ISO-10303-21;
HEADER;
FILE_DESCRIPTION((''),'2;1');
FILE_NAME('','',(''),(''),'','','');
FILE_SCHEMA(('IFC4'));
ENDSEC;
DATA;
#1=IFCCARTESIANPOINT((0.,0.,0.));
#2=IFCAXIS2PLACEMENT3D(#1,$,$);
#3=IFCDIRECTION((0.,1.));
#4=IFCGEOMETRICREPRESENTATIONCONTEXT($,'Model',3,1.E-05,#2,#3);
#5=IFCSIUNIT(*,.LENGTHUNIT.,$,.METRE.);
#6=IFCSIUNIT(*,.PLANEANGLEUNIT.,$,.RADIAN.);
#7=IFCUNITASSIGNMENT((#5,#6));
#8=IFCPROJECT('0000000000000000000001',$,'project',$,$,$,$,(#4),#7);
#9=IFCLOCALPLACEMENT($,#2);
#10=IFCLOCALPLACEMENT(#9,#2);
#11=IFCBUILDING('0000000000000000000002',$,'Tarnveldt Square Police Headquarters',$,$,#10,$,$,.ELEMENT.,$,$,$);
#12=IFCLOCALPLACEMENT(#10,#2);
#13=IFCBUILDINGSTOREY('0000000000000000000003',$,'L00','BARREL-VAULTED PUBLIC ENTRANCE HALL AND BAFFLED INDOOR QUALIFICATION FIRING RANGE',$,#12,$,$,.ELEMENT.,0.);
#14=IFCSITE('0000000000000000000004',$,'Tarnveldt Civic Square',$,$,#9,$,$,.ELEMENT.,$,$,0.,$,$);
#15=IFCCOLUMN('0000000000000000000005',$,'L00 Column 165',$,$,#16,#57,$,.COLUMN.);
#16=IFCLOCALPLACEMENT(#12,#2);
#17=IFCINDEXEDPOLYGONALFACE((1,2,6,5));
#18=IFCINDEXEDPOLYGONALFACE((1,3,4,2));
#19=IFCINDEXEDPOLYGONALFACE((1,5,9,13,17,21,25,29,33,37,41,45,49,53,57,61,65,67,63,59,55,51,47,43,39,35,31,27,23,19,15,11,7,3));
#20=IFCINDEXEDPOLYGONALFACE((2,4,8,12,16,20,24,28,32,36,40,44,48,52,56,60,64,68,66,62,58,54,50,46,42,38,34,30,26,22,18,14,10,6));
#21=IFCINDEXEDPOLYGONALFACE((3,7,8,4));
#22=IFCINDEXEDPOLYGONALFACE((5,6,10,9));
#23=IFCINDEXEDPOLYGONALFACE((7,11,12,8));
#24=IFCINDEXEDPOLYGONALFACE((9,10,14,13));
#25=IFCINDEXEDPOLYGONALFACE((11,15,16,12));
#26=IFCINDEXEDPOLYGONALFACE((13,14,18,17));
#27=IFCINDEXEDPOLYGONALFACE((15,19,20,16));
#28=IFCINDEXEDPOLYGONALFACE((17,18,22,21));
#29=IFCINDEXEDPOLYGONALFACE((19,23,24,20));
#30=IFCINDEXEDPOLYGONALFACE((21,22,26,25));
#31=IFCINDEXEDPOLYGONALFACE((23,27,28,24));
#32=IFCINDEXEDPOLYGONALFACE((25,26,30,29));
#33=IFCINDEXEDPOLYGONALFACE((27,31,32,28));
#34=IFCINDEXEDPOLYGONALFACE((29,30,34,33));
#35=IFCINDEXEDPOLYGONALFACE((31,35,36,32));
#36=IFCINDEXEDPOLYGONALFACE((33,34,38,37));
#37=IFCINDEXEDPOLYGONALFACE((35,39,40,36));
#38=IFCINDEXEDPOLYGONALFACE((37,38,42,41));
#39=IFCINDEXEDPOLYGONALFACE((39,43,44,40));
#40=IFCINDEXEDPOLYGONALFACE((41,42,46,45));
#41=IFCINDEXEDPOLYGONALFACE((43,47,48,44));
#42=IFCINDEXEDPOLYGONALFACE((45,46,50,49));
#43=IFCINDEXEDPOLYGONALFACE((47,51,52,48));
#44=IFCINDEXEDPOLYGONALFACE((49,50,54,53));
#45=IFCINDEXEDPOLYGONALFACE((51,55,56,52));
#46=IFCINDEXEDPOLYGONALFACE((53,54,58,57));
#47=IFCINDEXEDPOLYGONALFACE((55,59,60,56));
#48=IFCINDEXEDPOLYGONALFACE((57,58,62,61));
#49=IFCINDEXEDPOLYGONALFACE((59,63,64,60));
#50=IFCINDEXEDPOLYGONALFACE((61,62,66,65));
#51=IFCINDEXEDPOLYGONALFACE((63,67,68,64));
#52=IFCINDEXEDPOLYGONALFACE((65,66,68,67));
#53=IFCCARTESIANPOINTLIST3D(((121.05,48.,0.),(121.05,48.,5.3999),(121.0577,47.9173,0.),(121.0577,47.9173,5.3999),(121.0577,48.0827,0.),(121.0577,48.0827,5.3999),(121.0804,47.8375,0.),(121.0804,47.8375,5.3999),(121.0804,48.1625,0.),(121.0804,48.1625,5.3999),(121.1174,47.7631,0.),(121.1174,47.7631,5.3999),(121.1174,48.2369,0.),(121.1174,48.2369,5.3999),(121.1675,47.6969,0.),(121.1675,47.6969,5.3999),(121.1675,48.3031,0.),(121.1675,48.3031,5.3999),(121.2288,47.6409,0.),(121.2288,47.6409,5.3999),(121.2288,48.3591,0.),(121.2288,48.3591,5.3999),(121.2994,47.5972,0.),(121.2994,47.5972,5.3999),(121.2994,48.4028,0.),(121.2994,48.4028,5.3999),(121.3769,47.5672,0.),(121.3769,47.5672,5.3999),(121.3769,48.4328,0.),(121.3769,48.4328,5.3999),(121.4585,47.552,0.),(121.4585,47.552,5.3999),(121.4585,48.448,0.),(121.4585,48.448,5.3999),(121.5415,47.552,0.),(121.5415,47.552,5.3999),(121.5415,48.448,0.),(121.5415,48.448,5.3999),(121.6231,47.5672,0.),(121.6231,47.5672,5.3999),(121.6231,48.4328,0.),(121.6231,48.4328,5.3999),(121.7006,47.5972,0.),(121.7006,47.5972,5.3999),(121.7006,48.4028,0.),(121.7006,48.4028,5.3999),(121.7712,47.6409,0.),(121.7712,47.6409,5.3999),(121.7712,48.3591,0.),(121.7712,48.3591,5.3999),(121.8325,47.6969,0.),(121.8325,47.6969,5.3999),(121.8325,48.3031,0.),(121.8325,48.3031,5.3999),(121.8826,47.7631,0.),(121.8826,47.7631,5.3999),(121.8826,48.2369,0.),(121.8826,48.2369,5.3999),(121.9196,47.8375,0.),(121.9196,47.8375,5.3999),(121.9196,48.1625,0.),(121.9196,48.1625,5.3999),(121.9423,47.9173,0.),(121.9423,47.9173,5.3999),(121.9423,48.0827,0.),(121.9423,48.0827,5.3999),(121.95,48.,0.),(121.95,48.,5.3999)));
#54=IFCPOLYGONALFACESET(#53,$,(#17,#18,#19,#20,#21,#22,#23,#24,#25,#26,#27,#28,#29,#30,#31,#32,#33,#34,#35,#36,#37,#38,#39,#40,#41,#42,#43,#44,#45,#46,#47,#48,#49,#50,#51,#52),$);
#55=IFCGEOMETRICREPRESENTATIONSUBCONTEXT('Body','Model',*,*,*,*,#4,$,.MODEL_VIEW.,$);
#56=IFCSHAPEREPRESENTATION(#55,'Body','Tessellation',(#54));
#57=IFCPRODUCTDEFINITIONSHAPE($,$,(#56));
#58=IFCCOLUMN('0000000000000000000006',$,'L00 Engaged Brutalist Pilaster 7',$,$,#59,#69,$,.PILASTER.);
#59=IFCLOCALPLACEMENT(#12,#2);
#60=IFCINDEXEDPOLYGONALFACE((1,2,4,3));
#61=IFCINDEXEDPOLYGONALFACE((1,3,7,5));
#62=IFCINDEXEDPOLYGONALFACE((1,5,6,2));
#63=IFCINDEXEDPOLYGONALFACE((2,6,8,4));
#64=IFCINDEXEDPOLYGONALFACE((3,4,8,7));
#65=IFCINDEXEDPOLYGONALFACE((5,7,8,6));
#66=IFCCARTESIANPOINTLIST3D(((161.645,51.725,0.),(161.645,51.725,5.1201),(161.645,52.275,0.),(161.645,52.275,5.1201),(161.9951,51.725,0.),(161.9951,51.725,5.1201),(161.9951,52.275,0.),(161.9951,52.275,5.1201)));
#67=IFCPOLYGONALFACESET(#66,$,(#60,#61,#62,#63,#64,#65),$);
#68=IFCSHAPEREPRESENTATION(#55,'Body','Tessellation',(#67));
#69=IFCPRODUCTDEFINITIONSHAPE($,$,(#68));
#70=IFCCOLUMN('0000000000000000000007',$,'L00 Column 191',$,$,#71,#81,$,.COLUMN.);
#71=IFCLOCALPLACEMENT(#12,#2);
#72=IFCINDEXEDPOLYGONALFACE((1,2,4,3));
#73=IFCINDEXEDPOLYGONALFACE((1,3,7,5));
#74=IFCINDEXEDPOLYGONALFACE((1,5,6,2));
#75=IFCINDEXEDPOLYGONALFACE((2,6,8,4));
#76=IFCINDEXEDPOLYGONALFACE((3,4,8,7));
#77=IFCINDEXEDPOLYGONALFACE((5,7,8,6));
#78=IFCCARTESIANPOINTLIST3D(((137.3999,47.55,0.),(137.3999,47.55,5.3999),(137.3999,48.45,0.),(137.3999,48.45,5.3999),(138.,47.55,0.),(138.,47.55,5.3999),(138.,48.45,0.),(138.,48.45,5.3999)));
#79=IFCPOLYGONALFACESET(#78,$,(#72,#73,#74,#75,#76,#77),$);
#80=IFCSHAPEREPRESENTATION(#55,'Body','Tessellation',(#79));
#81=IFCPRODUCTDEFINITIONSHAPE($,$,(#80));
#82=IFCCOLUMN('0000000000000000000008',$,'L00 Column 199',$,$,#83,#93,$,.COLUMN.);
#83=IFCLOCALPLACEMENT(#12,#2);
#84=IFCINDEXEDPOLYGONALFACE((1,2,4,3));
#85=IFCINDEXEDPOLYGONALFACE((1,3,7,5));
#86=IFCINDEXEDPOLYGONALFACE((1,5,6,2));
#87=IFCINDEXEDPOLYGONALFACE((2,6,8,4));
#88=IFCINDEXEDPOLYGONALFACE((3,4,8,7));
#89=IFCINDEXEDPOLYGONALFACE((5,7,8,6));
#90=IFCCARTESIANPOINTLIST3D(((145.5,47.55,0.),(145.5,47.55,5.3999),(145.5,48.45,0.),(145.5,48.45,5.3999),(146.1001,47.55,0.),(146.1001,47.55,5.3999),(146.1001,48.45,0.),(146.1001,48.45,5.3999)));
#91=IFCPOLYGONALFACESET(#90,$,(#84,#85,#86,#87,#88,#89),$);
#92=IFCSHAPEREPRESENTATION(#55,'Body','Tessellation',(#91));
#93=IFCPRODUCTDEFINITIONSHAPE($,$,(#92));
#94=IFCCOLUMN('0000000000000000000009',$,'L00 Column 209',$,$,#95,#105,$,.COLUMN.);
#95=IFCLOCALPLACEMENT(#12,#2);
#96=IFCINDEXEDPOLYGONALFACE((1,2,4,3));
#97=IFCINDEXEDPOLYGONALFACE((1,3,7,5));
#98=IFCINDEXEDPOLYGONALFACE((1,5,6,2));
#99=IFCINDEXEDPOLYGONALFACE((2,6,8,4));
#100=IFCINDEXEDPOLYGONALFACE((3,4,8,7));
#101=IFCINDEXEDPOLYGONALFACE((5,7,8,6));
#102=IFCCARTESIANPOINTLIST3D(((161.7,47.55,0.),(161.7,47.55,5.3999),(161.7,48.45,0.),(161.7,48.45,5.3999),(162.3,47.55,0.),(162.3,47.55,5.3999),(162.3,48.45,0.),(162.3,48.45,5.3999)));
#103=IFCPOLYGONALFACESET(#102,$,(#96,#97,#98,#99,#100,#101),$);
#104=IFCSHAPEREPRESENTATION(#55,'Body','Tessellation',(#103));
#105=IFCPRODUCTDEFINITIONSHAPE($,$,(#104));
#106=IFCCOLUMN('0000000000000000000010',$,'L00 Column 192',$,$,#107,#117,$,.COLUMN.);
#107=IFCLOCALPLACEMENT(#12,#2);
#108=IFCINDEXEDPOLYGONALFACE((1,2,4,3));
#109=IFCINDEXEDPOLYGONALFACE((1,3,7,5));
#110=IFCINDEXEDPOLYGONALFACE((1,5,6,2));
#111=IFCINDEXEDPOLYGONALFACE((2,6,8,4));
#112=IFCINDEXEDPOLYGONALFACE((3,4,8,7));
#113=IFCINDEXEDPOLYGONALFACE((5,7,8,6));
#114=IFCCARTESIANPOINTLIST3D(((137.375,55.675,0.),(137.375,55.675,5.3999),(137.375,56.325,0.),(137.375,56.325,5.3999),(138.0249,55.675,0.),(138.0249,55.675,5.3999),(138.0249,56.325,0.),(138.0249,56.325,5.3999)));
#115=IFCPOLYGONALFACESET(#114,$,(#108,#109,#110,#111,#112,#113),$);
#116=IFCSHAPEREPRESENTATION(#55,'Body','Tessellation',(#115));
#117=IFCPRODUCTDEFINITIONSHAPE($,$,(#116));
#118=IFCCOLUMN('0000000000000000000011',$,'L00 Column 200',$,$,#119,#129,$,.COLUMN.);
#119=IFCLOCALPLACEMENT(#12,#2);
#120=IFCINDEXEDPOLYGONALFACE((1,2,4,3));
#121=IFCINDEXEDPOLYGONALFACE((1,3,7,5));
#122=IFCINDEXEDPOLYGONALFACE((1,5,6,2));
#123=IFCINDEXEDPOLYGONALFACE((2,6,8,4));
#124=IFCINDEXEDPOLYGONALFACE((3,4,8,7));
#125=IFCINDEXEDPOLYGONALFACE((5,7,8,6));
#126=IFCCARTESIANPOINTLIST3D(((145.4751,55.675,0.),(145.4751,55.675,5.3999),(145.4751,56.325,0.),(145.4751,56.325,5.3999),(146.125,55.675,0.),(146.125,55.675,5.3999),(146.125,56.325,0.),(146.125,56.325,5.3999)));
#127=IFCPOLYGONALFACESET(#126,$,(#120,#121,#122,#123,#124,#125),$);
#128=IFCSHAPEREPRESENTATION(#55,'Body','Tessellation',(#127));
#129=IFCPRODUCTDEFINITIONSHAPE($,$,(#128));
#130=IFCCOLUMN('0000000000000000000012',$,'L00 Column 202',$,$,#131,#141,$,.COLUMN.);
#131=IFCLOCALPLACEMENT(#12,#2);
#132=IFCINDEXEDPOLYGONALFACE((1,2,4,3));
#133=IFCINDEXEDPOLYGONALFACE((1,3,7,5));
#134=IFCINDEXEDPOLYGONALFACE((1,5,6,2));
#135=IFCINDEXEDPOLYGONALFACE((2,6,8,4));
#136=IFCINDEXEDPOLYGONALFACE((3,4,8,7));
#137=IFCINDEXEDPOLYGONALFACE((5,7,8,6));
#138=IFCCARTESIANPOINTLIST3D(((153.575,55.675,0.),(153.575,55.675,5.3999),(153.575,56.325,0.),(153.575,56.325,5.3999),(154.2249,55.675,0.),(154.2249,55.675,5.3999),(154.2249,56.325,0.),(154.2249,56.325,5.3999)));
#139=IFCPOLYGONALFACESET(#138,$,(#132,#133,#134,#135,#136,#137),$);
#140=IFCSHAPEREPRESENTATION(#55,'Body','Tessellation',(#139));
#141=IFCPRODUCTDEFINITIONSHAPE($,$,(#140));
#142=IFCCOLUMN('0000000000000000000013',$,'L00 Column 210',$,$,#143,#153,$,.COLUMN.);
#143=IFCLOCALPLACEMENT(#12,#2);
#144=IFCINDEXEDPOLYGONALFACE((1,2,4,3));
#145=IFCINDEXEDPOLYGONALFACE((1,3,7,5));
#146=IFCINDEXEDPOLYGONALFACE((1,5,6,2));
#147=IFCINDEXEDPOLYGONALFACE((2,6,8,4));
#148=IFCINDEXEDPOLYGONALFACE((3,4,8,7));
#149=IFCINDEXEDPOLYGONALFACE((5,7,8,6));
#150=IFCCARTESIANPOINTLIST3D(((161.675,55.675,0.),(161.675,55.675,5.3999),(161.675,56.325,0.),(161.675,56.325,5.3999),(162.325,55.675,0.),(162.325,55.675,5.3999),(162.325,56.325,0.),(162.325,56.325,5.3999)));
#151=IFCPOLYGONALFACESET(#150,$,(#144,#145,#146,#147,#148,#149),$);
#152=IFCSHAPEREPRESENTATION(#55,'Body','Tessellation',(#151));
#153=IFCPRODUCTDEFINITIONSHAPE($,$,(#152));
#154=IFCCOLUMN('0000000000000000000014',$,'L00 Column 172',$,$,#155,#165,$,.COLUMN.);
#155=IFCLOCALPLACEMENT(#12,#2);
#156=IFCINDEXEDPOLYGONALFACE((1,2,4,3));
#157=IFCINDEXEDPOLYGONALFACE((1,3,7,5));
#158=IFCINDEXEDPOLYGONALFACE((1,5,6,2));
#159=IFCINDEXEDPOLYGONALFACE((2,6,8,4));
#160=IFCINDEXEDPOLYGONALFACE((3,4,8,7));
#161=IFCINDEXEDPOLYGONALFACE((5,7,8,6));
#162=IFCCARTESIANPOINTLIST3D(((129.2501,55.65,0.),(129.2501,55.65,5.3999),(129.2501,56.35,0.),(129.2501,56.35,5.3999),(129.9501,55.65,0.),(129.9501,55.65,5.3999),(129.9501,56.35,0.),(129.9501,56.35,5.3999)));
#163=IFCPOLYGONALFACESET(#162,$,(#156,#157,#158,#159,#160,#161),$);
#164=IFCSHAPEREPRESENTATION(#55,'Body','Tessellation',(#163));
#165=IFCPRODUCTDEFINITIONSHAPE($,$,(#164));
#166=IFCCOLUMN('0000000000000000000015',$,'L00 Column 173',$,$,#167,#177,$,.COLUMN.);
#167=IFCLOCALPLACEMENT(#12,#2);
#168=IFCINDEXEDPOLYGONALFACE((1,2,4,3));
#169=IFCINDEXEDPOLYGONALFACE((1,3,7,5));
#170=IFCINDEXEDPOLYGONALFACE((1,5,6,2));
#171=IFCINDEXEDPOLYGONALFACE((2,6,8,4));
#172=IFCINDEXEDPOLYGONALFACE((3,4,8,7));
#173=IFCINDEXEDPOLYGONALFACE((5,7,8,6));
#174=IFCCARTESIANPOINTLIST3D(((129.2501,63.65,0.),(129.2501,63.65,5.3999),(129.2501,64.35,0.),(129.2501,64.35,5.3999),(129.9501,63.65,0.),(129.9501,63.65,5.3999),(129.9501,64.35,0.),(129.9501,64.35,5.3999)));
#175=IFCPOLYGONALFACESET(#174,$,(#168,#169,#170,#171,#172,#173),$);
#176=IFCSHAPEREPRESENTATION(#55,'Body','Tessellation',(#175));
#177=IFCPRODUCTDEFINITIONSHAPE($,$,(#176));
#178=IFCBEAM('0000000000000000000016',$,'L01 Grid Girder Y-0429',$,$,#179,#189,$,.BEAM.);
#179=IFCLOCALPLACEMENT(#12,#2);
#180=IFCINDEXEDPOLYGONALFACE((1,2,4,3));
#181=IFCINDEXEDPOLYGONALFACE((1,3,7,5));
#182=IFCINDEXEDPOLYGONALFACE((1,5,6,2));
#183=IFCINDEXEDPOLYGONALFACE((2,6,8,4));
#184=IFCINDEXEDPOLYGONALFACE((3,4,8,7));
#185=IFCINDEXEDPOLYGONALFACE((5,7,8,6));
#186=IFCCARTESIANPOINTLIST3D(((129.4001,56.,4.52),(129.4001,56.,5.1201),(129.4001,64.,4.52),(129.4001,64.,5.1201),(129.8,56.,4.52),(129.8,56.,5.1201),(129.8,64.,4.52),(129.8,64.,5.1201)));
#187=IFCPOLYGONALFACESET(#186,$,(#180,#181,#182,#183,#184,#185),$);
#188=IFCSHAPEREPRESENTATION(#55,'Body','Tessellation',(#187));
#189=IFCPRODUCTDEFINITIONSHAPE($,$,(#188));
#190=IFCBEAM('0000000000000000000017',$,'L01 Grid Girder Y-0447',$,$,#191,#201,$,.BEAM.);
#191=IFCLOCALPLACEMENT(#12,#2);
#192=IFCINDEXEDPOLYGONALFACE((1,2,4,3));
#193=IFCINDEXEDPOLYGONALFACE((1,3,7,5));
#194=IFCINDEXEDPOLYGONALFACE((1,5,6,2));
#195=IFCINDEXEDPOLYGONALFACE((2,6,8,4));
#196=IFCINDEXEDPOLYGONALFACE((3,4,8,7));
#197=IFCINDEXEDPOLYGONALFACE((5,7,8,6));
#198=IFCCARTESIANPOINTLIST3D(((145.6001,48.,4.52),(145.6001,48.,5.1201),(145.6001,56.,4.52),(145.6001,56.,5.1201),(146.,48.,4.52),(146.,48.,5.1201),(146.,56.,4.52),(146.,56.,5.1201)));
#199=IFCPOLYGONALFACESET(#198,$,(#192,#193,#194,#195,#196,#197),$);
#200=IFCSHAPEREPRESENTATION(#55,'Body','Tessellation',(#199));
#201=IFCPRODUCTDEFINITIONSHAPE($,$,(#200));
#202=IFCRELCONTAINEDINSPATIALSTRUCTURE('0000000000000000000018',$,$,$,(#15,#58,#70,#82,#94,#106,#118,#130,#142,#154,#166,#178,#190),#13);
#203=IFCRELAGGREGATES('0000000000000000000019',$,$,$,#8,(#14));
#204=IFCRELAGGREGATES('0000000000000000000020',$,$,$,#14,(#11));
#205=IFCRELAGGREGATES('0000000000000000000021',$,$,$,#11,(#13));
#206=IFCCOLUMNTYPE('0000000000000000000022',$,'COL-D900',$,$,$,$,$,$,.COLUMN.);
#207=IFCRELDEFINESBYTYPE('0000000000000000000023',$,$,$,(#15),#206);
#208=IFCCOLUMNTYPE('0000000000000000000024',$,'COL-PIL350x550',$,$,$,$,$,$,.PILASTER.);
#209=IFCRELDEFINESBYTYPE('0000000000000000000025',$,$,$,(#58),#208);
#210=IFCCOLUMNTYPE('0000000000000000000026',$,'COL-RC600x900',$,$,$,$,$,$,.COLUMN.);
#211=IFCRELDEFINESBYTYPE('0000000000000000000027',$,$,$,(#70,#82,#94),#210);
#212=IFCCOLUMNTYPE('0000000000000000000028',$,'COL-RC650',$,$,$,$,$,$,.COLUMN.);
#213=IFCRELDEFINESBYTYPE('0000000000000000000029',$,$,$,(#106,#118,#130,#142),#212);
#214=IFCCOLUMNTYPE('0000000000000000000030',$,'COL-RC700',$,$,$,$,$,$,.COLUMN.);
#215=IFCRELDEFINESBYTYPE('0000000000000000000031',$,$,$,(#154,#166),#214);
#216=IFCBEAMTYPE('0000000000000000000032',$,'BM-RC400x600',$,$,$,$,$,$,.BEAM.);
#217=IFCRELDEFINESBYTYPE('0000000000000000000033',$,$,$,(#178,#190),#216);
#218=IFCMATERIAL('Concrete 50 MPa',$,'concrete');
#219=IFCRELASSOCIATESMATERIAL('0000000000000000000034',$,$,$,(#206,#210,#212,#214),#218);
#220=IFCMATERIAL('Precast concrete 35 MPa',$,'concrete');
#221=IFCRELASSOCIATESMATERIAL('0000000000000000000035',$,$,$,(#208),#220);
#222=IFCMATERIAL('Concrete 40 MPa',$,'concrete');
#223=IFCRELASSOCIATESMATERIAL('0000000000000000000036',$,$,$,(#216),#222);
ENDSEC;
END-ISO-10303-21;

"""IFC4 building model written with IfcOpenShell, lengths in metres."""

from ifc_helpers import new_model, si_unit, direction, frame, origin, origin_2d, place, context, subcontext, project, spatial, rectangle, circle, extrude, material, material_profile, profile_set, type_object, element, save


model = new_model("IFC4")

# Units and contexts
model_context = context("Model", 3, precision=1e-05, world=origin(), true_north=direction((0.0, 1.0)))
body_context = subcontext(model_context, "Body", "Model", "MODEL_VIEW")
ifc_project = project(units=[si_unit("LENGTHUNIT", "METRE"), si_unit("PLANEANGLEUNIT", "RADIAN")], contexts=[model_context])

# Site, building, storey
site_placement = place(None, origin())
site = spatial("IfcSite", under=ifc_project, at=site_placement, Name="Tarnveldt Civic Square", CompositionType="ELEMENT", RefElevation=0.0)
building_placement = place(site_placement, origin())
building = spatial("IfcBuilding", under=site, at=building_placement, Name="Tarnveldt Square Police Headquarters", CompositionType="ELEMENT")
storey_placement = place(building_placement, origin())
storey = spatial("IfcBuildingStorey", under=building, at=storey_placement, Name="L00", Description="BARREL-VAULTED PUBLIC ENTRANCE HALL AND BAFFLED INDOOR QUALIFICATION FIRING RANGE", CompositionType="ELEMENT", Elevation=0.0)

# Columns
ifc_material_1 = material(Name="Concrete 50 MPa", Category="concrete")
ifc_material_profile_1 = material_profile(ifc_material_1, circle(Radius=0.45, at=origin_2d()), Name="RC-D900")
ifc_profile_set_1 = profile_set([ifc_material_profile_1], Name="Concrete 50 MPa")
column_type_1 = type_object("IfcColumnType", Name="COL-D900", PredefinedType="COLUMN", material=ifc_profile_set_1)
column_1_placement = place(storey_placement, frame((121.5, 48.0, 0.0), z_axis=(0.0, 0.0, 1.0), x_axis=(1.0, 0.0, 0.0)))
element("IfcColumn", 1, at=column_1_placement, inside=storey, type_object=column_type_1, Name="L00 Column 165", PredefinedType="COLUMN", context=body_context, shape_type="SweptSolid", body=[
    extrude(circle(Radius=0.45, at=origin_2d()), origin(), (0.0, 0.0, 1.0), 5.3999),
])
ifc_material_2 = material(Name="Precast concrete 35 MPa", Category="concrete")
ifc_material_profile_2 = material_profile(ifc_material_2, rectangle(XDim=0.3501, YDim=0.55, at=origin_2d()), Name="RC-PIL350x550")
ifc_profile_set_2 = profile_set([ifc_material_profile_2], Name="Precast concrete 35 MPa")
column_type_2 = type_object("IfcColumnType", Name="COL-PIL350x550", PredefinedType="PILASTER", material=ifc_profile_set_2)
column_2_placement = place(storey_placement, frame((161.8201, 52.0, 0.0), z_axis=(0.0, 0.0, 1.0), x_axis=(1.0, 0.0, 0.0)))
element("IfcColumn", 2, at=column_2_placement, inside=storey, type_object=column_type_2, Name="L00 Engaged Brutalist Pilaster 7", PredefinedType="PILASTER", context=body_context, shape_type="SweptSolid", body=[
    extrude(rectangle(XDim=0.3501, YDim=0.55, at=origin_2d()), origin(), (0.0, 0.0, 1.0), 5.1201),
])
ifc_material_profile_3 = material_profile(ifc_material_1, rectangle(XDim=0.6001, YDim=0.8999, at=origin_2d()), Name="RC-C600x900")
ifc_profile_set_3 = profile_set([ifc_material_profile_3], Name="Concrete 50 MPa")
column_type_3 = type_object("IfcColumnType", Name="COL-RC600x900", PredefinedType="COLUMN", material=ifc_profile_set_3)
for number, where, z_axis, x_axis, name in (
    (3, (137.7, 48.0, 0.0), (0.0, 0.0, 1.0), (1.0, 0.0, 0.0), "L00 Column 191"),
    (4, (145.8, 48.0, 0.0), (0.0, 0.0, 1.0), (1.0, 0.0, 0.0), "L00 Column 199"),
    (5, (162.0, 48.0, 0.0), (0.0, 0.0, 1.0), (1.0, 0.0, 0.0), "L00 Column 209"),
):
    element("IfcColumn", number, at=place(storey_placement, frame(where, z_axis=z_axis, x_axis=x_axis)), inside=storey, type_object=column_type_3, Name=name, PredefinedType="COLUMN", context=body_context, shape_type="SweptSolid", body=[
        extrude(rectangle(XDim=0.6001, YDim=0.8999, at=origin_2d()), origin(), (0.0, 0.0, 1.0), 5.3999),
    ])
ifc_material_profile_4 = material_profile(ifc_material_1, rectangle(XDim=0.6499, YDim=0.6499, at=origin_2d()), Name="RC-C650x650")
ifc_profile_set_4 = profile_set([ifc_material_profile_4], Name="Concrete 50 MPa")
column_type_4 = type_object("IfcColumnType", Name="COL-RC650", PredefinedType="COLUMN", material=ifc_profile_set_4)
for number, where, z_axis, x_axis, name in (
    (6, (137.7, 56.0, 0.0), (0.0, 0.0, 1.0), (1.0, 0.0, 0.0), "L00 Column 192"),
    (7, (145.8, 56.0, 0.0), (0.0, 0.0, 1.0), (1.0, 0.0, 0.0), "L00 Column 200"),
    (8, (153.8999, 56.0, 0.0), (0.0, 0.0, 1.0), (1.0, 0.0, 0.0), "L00 Column 202"),
    (9, (162.0, 56.0, 0.0), (0.0, 0.0, 1.0), (1.0, 0.0, 0.0), "L00 Column 210"),
):
    element("IfcColumn", number, at=place(storey_placement, frame(where, z_axis=z_axis, x_axis=x_axis)), inside=storey, type_object=column_type_4, Name=name, PredefinedType="COLUMN", context=body_context, shape_type="SweptSolid", body=[
        extrude(rectangle(XDim=0.6499, YDim=0.6499, at=origin_2d()), origin(), (0.0, 0.0, 1.0), 5.3999),
    ])
ifc_material_profile_5 = material_profile(ifc_material_1, rectangle(XDim=0.7, YDim=0.7, at=origin_2d()), Name="RC-C700x700")
ifc_profile_set_5 = profile_set([ifc_material_profile_5], Name="Concrete 50 MPa")
column_type_5 = type_object("IfcColumnType", Name="COL-RC700", PredefinedType="COLUMN", material=ifc_profile_set_5)
for number, where, z_axis, x_axis, name in (
    (10, (129.6001, 56.0, 0.0), (0.0, 0.0, 1.0), (1.0, 0.0, 0.0), "L00 Column 172"),
    (11, (129.6001, 64.0, 0.0), (0.0, 0.0, 1.0), (1.0, 0.0, 0.0), "L00 Column 173"),
):
    element("IfcColumn", number, at=place(storey_placement, frame(where, z_axis=z_axis, x_axis=x_axis)), inside=storey, type_object=column_type_5, Name=name, PredefinedType="COLUMN", context=body_context, shape_type="SweptSolid", body=[
        extrude(rectangle(XDim=0.7, YDim=0.7, at=origin_2d()), origin(), (0.0, 0.0, 1.0), 5.3999),
    ])

# Beams
ifc_material_3 = material(Name="Concrete 40 MPa", Category="concrete")
ifc_material_profile_6 = material_profile(ifc_material_3, rectangle(XDim=0.3999, YDim=0.6001, at=origin_2d()), Name="RC-B400x600")
ifc_profile_set_6 = profile_set([ifc_material_profile_6], Name="Concrete 40 MPa")
beam_type_1 = type_object("IfcBeamType", Name="BM-RC400x600", PredefinedType="BEAM", material=ifc_profile_set_6)
for number, where, z_axis, x_axis, name in (
    (12, (129.6001, 56.0, 4.8201), (0.0, 1.0, 0.0), (-1.0, 0.0, 0.0), "L01 Grid Girder Y-0429"),
    (13, (145.8, 48.0, 4.8201), (0.0, 1.0, 0.0), (-1.0, 0.0, 0.0), "L01 Grid Girder Y-0447"),
):
    element("IfcBeam", number, at=place(storey_placement, frame(where, z_axis=z_axis, x_axis=x_axis)), inside=storey, type_object=beam_type_1, Name=name, PredefinedType="BEAM", context=body_context, shape_type="SweptSolid", body=[
        extrude(rectangle(XDim=0.3999, YDim=0.6001, at=origin_2d()), origin(), (0.0, 0.0, 1.0), 8.0),
    ])

save(model, "model.ifc")
